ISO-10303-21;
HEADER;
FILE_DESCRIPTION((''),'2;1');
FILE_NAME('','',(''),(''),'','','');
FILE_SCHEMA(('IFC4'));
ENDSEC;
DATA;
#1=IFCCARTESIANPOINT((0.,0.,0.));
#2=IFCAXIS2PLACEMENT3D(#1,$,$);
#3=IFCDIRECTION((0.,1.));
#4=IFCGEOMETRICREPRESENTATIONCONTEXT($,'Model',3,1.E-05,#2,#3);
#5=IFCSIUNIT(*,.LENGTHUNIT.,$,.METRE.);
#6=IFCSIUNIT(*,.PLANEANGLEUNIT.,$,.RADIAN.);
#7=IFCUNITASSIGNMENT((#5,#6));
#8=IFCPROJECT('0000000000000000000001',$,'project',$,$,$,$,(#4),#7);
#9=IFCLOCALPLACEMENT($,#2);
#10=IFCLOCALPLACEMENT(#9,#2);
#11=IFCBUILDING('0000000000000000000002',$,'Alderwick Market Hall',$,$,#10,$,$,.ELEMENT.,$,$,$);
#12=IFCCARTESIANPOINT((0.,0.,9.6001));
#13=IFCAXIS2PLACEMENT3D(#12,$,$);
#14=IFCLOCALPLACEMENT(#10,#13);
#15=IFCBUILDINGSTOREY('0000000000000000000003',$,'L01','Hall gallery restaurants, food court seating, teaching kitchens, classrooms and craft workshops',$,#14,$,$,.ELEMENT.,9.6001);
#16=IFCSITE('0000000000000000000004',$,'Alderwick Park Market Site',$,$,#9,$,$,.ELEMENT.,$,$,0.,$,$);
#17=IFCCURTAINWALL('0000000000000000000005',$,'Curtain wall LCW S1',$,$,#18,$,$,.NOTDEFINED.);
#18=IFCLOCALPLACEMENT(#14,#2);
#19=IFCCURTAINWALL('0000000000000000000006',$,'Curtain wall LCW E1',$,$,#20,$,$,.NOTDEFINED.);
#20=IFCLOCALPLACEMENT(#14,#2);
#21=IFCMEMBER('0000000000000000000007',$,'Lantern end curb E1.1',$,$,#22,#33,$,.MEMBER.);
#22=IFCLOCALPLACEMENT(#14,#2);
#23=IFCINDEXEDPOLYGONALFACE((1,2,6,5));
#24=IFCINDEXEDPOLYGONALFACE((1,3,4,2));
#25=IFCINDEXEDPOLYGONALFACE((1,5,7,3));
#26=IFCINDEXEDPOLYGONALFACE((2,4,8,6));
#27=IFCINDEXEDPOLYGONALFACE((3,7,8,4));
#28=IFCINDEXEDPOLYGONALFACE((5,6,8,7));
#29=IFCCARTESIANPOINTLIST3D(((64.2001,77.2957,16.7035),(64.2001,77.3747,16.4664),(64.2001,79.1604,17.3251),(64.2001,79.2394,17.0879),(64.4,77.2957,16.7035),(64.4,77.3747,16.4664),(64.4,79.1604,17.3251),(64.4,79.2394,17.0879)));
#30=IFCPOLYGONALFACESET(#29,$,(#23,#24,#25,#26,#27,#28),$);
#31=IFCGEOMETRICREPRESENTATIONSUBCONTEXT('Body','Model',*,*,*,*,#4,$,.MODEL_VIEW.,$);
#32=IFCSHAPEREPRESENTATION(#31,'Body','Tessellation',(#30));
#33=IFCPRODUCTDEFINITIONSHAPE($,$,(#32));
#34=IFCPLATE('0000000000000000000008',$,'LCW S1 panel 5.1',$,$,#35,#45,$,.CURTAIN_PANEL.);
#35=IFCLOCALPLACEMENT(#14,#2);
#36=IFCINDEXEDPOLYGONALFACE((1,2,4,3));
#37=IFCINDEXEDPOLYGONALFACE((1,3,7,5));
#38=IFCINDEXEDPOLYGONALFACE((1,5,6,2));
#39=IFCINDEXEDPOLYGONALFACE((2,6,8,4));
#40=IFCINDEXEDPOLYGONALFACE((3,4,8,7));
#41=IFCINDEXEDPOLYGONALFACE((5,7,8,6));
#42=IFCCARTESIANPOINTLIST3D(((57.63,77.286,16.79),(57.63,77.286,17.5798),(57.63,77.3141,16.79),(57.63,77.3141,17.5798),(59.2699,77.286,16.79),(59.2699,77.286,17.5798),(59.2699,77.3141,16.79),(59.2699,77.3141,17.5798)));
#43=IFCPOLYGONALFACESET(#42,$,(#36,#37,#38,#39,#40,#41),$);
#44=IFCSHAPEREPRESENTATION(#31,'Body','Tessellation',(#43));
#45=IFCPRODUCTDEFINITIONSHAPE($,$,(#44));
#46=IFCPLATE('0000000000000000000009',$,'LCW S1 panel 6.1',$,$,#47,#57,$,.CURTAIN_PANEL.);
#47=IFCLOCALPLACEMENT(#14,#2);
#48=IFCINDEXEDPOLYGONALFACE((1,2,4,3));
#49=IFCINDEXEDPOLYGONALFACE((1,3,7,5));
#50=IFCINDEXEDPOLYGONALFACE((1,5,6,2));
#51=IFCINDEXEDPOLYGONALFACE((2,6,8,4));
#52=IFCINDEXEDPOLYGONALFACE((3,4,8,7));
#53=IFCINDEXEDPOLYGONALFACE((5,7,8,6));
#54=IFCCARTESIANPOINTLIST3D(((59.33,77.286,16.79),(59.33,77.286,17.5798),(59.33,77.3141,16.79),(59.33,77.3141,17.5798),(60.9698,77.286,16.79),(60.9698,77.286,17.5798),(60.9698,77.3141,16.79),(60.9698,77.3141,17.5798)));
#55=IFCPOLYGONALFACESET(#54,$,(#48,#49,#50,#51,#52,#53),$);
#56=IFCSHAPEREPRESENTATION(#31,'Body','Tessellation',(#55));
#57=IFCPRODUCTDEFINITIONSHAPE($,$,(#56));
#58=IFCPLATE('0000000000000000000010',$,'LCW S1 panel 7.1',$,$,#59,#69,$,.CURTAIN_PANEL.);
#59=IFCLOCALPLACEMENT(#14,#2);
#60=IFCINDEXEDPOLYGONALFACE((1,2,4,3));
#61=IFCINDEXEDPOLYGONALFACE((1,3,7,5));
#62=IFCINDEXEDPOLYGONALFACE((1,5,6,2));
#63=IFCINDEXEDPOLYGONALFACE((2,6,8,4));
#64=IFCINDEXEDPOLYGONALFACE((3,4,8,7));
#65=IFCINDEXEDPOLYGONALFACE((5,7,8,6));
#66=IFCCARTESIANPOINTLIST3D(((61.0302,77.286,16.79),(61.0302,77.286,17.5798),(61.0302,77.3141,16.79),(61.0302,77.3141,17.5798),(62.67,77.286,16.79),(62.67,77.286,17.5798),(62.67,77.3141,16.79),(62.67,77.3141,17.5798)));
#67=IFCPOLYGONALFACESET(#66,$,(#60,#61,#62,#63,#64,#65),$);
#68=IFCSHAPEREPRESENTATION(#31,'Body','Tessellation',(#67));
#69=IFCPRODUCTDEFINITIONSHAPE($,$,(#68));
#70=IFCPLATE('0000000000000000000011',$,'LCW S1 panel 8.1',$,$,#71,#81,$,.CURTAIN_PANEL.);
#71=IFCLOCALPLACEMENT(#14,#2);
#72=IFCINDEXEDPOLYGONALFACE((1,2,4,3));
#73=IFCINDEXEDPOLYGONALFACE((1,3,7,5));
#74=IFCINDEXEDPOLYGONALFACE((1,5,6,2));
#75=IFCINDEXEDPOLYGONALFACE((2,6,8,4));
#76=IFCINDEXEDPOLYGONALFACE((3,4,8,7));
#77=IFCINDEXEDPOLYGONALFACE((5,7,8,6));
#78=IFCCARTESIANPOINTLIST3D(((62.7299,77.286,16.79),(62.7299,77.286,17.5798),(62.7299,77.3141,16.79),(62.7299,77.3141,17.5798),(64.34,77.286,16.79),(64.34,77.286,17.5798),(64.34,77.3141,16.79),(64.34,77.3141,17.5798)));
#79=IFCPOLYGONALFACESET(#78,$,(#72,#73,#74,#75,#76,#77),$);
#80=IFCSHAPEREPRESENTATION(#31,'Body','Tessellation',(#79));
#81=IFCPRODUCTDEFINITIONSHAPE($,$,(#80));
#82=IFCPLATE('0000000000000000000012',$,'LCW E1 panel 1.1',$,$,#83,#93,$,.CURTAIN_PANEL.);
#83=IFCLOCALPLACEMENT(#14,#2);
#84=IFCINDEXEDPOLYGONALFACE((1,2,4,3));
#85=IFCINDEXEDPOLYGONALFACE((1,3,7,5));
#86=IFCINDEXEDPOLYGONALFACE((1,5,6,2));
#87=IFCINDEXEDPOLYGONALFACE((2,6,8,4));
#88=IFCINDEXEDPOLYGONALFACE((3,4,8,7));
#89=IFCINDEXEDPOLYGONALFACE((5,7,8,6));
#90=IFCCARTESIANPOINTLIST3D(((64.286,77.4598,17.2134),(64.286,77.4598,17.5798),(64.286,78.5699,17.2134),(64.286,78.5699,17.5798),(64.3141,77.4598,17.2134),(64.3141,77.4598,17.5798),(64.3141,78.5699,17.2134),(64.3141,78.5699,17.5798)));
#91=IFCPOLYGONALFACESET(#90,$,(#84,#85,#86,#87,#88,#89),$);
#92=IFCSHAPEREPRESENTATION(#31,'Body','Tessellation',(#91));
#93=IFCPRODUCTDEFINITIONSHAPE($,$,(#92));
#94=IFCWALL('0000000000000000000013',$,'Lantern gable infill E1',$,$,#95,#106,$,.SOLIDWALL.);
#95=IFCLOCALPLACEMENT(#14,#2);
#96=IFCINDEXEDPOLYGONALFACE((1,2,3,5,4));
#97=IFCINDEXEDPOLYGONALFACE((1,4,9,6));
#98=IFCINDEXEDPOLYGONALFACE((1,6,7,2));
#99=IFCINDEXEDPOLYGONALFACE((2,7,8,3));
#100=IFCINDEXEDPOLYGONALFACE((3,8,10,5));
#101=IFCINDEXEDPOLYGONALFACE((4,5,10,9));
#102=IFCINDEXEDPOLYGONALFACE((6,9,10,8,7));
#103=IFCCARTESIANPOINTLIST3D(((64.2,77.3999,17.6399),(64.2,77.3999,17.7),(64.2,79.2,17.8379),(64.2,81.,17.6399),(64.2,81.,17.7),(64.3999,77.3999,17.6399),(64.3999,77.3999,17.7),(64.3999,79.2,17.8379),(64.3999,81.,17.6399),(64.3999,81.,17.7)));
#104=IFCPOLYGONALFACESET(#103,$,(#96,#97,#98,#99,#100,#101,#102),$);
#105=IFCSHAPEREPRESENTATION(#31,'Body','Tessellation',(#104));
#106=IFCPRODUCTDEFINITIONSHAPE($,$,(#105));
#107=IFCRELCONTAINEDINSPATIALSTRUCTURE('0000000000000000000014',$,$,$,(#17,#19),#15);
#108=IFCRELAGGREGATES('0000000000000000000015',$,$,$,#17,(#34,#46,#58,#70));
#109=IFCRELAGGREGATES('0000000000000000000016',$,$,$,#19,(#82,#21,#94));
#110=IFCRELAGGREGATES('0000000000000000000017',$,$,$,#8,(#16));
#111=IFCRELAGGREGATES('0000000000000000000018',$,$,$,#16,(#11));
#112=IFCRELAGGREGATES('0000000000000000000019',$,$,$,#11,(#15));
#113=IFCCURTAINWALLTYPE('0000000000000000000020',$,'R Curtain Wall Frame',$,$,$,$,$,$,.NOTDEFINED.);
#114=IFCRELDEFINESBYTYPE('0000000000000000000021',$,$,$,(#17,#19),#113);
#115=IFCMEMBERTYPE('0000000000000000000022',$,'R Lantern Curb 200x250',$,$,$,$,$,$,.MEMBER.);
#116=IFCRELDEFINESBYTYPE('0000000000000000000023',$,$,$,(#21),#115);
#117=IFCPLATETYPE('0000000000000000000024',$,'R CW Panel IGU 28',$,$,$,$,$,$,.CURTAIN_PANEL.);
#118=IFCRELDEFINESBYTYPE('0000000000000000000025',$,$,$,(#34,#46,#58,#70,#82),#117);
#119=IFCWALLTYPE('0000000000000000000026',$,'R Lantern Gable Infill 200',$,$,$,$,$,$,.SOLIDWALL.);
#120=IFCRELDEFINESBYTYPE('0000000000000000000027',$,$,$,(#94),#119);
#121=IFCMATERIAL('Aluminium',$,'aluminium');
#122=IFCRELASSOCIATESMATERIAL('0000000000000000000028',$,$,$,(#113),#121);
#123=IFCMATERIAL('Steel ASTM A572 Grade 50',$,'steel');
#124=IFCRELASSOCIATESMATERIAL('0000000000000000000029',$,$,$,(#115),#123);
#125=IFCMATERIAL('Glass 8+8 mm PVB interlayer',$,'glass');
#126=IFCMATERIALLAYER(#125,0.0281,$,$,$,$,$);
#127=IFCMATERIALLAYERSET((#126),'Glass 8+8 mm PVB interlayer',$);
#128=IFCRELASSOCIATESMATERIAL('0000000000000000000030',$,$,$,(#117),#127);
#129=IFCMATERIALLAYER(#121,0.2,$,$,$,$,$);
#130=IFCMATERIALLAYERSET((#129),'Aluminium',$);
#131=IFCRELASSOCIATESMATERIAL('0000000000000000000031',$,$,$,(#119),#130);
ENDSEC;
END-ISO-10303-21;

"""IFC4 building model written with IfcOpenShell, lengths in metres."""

from ifc_helpers import new_model, si_unit, direction, frame, origin, origin_2d, place, context, subcontext, project, spatial, polyline, rectangle, outline, extrude, material, layer, layer_set, material_profile, profile_set, type_object, element, aggregate, save


model = new_model("IFC4")

# Units and contexts
model_context = context("Model", 3, precision=1e-05, world=origin(), true_north=direction((0.0, 1.0)))
body_context = subcontext(model_context, "Body", "Model", "MODEL_VIEW")
ifc_project = project(units=[si_unit("LENGTHUNIT", "METRE"), si_unit("PLANEANGLEUNIT", "RADIAN")], contexts=[model_context])

# Site, building, storey
site_placement = place(None, origin())
site = spatial("IfcSite", under=ifc_project, at=site_placement, Name="Alderwick Park Market Site", CompositionType="ELEMENT", RefElevation=0.0)
building_placement = place(site_placement, origin())
building = spatial("IfcBuilding", under=site, at=building_placement, Name="Alderwick Market Hall", CompositionType="ELEMENT")
storey_placement = place(building_placement, frame((0.0, 0.0, 9.6001)))
storey = spatial("IfcBuildingStorey", under=building, at=storey_placement, Name="L01", Description="Hall gallery restaurants, food court seating, teaching kitchens, classrooms and craft workshops", CompositionType="ELEMENT", Elevation=9.6001)

# Curtain wall
ifc_material_1 = material(Name="Aluminium", Category="aluminium")
curtain_wall_type = type_object("IfcCurtainWallType", Name="R Curtain Wall Frame", PredefinedType="NOTDEFINED", material=ifc_material_1)
curtain_wall_1_placement = place(storey_placement, origin())
curtain_wall_1 = element("IfcCurtainWall", 1, at=curtain_wall_1_placement, inside=storey, type_object=curtain_wall_type, Name="Curtain wall LCW S1", PredefinedType="NOTDEFINED")

# Curtain wall
curtain_wall_2_placement = place(storey_placement, origin())
curtain_wall_2 = element("IfcCurtainWall", 2, at=curtain_wall_2_placement, inside=storey, type_object=curtain_wall_type, Name="Curtain wall LCW E1", PredefinedType="NOTDEFINED")

# Member
ifc_material_2 = material(Name="Steel ASTM A572 Grade 50", Category="steel")
ifc_material_profile_1 = material_profile(ifc_material_2, rectangle(XDim=0.2, YDim=0.25, at=origin_2d()), Name="Steel plate curb 200x250")
ifc_profile_set_1 = profile_set([ifc_material_profile_1], Name="Steel ASTM A572 Grade 50")
member_type_1 = type_object("IfcMemberType", Name="R Lantern Curb 200x250", PredefinedType="MEMBER", material=ifc_profile_set_1)
member_1_placement = place(storey_placement, frame((64.3, 77.3352, 16.585), z_axis=(0.0, 0.948683, 0.316228), x_axis=(-1.0, 0.0, 0.0)))
member_1 = element("IfcMember", 3, at=member_1_placement, type_object=member_type_1, Name="Lantern end curb E1.1", PredefinedType="MEMBER", context=body_context, shape_type="SweptSolid", body=[
    extrude(rectangle(XDim=0.2, YDim=0.25, at=origin_2d()), origin(), (0.0, 0.0, 1.0), 1.9656),
])

# Plates
ifc_material_3 = material(Name="Glass 8+8 mm PVB interlayer", Category="glass")
ifc_layer_1 = layer(ifc_material_3, 0.0281)
ifc_layer_set_1 = layer_set([ifc_layer_1], Name="Glass 8+8 mm PVB interlayer")
plate_type = type_object("IfcPlateType", Name="R CW Panel IGU 28", PredefinedType="CURTAIN_PANEL", material=ifc_layer_set_1)
plate_1_placement = place(storey_placement, frame((58.45, 77.3, 16.79), z_axis=(0.0, 0.0, 1.0), x_axis=(1.0, 0.0, 0.0)))
plate_1 = element("IfcPlate", 4, at=plate_1_placement, type_object=plate_type, Name="LCW S1 panel 5.1", PredefinedType="CURTAIN_PANEL", context=body_context, shape_type="SweptSolid", body=[
    extrude(rectangle(XDim=1.6399, YDim=0.0281, at=origin_2d()), origin(), (0.0, 0.0, 1.0), 0.7898),
])
plate_2_placement = place(storey_placement, frame((60.1499, 77.3, 16.79), z_axis=(0.0, 0.0, 1.0), x_axis=(1.0, 0.0, 0.0)))
plate_2 = element("IfcPlate", 5, at=plate_2_placement, type_object=plate_type, Name="LCW S1 panel 6.1", PredefinedType="CURTAIN_PANEL", context=body_context, shape_type="SweptSolid", body=[
    extrude(rectangle(XDim=1.6399, YDim=0.0281, at=origin_2d()), origin(), (0.0, 0.0, 1.0), 0.7898),
])
plate_3_placement = place(storey_placement, frame((61.8501, 77.3, 16.79), z_axis=(0.0, 0.0, 1.0), x_axis=(1.0, 0.0, 0.0)))
plate_3 = element("IfcPlate", 6, at=plate_3_placement, type_object=plate_type, Name="LCW S1 panel 7.1", PredefinedType="CURTAIN_PANEL", context=body_context, shape_type="SweptSolid", body=[
    extrude(rectangle(XDim=1.6399, YDim=0.0281, at=origin_2d()), origin(), (0.0, 0.0, 1.0), 0.7898),
])
plate_4_placement = place(storey_placement, frame((63.5349, 77.3, 16.79), z_axis=(0.0, 0.0, 1.0), x_axis=(1.0, 0.0, 0.0)))
plate_4 = element("IfcPlate", 7, at=plate_4_placement, type_object=plate_type, Name="LCW S1 panel 8.1", PredefinedType="CURTAIN_PANEL", context=body_context, shape_type="SweptSolid", body=[
    extrude(rectangle(XDim=1.6101, YDim=0.0281, at=origin_2d()), origin(), (0.0, 0.0, 1.0), 0.7898),
])
aggregate(curtain_wall_1, [plate_1, plate_2, plate_3, plate_4])
plate_5_placement = place(storey_placement, frame((64.3, 78.0149, 17.2134), z_axis=(0.0, 0.0, 1.0), x_axis=(1.0, 0.0, 0.0)))
plate_5 = element("IfcPlate", 8, at=plate_5_placement, type_object=plate_type, Name="LCW E1 panel 1.1", PredefinedType="CURTAIN_PANEL", context=body_context, shape_type="SweptSolid", body=[
    extrude(rectangle(XDim=0.0281, YDim=1.1101, at=origin_2d()), origin(), (0.0, 0.0, 1.0), 0.3665),
])

# Wall
ifc_layer_2 = layer(ifc_material_1, 0.2)
ifc_layer_set_2 = layer_set([ifc_layer_2], Name="Aluminium")
wall_type = type_object("IfcWallType", Name="R Lantern Gable Infill 200", PredefinedType="SOLIDWALL", material=ifc_layer_set_2)
wall_placement = place(storey_placement, frame((64.3, 77.3999, 17.6399), z_axis=(0.0, 0.0, 1.0), x_axis=(0.0, 1.0, 0.0)))
wall = element("IfcWall", 9, at=wall_placement, type_object=wall_type, Name="Lantern gable infill E1", PredefinedType="SOLIDWALL", context=body_context, shape_type="SweptSolid", body=[
    extrude(outline(polyline([(0.0, 0.0), (3.6001, 0.0), (3.6001, 0.0601), (1.8, 0.198), (0.0, 0.0601), (0.0, 0.0)])), frame((0.0, 0.1001, 0.0), z_axis=(0.0, -1.0, 0.0), x_axis=(1.0, 0.0, 0.0)), (0.0, 0.0, 1.0), 0.2),
])
aggregate(curtain_wall_2, [plate_5, member_1, wall])

save(model, "model.ifc")
